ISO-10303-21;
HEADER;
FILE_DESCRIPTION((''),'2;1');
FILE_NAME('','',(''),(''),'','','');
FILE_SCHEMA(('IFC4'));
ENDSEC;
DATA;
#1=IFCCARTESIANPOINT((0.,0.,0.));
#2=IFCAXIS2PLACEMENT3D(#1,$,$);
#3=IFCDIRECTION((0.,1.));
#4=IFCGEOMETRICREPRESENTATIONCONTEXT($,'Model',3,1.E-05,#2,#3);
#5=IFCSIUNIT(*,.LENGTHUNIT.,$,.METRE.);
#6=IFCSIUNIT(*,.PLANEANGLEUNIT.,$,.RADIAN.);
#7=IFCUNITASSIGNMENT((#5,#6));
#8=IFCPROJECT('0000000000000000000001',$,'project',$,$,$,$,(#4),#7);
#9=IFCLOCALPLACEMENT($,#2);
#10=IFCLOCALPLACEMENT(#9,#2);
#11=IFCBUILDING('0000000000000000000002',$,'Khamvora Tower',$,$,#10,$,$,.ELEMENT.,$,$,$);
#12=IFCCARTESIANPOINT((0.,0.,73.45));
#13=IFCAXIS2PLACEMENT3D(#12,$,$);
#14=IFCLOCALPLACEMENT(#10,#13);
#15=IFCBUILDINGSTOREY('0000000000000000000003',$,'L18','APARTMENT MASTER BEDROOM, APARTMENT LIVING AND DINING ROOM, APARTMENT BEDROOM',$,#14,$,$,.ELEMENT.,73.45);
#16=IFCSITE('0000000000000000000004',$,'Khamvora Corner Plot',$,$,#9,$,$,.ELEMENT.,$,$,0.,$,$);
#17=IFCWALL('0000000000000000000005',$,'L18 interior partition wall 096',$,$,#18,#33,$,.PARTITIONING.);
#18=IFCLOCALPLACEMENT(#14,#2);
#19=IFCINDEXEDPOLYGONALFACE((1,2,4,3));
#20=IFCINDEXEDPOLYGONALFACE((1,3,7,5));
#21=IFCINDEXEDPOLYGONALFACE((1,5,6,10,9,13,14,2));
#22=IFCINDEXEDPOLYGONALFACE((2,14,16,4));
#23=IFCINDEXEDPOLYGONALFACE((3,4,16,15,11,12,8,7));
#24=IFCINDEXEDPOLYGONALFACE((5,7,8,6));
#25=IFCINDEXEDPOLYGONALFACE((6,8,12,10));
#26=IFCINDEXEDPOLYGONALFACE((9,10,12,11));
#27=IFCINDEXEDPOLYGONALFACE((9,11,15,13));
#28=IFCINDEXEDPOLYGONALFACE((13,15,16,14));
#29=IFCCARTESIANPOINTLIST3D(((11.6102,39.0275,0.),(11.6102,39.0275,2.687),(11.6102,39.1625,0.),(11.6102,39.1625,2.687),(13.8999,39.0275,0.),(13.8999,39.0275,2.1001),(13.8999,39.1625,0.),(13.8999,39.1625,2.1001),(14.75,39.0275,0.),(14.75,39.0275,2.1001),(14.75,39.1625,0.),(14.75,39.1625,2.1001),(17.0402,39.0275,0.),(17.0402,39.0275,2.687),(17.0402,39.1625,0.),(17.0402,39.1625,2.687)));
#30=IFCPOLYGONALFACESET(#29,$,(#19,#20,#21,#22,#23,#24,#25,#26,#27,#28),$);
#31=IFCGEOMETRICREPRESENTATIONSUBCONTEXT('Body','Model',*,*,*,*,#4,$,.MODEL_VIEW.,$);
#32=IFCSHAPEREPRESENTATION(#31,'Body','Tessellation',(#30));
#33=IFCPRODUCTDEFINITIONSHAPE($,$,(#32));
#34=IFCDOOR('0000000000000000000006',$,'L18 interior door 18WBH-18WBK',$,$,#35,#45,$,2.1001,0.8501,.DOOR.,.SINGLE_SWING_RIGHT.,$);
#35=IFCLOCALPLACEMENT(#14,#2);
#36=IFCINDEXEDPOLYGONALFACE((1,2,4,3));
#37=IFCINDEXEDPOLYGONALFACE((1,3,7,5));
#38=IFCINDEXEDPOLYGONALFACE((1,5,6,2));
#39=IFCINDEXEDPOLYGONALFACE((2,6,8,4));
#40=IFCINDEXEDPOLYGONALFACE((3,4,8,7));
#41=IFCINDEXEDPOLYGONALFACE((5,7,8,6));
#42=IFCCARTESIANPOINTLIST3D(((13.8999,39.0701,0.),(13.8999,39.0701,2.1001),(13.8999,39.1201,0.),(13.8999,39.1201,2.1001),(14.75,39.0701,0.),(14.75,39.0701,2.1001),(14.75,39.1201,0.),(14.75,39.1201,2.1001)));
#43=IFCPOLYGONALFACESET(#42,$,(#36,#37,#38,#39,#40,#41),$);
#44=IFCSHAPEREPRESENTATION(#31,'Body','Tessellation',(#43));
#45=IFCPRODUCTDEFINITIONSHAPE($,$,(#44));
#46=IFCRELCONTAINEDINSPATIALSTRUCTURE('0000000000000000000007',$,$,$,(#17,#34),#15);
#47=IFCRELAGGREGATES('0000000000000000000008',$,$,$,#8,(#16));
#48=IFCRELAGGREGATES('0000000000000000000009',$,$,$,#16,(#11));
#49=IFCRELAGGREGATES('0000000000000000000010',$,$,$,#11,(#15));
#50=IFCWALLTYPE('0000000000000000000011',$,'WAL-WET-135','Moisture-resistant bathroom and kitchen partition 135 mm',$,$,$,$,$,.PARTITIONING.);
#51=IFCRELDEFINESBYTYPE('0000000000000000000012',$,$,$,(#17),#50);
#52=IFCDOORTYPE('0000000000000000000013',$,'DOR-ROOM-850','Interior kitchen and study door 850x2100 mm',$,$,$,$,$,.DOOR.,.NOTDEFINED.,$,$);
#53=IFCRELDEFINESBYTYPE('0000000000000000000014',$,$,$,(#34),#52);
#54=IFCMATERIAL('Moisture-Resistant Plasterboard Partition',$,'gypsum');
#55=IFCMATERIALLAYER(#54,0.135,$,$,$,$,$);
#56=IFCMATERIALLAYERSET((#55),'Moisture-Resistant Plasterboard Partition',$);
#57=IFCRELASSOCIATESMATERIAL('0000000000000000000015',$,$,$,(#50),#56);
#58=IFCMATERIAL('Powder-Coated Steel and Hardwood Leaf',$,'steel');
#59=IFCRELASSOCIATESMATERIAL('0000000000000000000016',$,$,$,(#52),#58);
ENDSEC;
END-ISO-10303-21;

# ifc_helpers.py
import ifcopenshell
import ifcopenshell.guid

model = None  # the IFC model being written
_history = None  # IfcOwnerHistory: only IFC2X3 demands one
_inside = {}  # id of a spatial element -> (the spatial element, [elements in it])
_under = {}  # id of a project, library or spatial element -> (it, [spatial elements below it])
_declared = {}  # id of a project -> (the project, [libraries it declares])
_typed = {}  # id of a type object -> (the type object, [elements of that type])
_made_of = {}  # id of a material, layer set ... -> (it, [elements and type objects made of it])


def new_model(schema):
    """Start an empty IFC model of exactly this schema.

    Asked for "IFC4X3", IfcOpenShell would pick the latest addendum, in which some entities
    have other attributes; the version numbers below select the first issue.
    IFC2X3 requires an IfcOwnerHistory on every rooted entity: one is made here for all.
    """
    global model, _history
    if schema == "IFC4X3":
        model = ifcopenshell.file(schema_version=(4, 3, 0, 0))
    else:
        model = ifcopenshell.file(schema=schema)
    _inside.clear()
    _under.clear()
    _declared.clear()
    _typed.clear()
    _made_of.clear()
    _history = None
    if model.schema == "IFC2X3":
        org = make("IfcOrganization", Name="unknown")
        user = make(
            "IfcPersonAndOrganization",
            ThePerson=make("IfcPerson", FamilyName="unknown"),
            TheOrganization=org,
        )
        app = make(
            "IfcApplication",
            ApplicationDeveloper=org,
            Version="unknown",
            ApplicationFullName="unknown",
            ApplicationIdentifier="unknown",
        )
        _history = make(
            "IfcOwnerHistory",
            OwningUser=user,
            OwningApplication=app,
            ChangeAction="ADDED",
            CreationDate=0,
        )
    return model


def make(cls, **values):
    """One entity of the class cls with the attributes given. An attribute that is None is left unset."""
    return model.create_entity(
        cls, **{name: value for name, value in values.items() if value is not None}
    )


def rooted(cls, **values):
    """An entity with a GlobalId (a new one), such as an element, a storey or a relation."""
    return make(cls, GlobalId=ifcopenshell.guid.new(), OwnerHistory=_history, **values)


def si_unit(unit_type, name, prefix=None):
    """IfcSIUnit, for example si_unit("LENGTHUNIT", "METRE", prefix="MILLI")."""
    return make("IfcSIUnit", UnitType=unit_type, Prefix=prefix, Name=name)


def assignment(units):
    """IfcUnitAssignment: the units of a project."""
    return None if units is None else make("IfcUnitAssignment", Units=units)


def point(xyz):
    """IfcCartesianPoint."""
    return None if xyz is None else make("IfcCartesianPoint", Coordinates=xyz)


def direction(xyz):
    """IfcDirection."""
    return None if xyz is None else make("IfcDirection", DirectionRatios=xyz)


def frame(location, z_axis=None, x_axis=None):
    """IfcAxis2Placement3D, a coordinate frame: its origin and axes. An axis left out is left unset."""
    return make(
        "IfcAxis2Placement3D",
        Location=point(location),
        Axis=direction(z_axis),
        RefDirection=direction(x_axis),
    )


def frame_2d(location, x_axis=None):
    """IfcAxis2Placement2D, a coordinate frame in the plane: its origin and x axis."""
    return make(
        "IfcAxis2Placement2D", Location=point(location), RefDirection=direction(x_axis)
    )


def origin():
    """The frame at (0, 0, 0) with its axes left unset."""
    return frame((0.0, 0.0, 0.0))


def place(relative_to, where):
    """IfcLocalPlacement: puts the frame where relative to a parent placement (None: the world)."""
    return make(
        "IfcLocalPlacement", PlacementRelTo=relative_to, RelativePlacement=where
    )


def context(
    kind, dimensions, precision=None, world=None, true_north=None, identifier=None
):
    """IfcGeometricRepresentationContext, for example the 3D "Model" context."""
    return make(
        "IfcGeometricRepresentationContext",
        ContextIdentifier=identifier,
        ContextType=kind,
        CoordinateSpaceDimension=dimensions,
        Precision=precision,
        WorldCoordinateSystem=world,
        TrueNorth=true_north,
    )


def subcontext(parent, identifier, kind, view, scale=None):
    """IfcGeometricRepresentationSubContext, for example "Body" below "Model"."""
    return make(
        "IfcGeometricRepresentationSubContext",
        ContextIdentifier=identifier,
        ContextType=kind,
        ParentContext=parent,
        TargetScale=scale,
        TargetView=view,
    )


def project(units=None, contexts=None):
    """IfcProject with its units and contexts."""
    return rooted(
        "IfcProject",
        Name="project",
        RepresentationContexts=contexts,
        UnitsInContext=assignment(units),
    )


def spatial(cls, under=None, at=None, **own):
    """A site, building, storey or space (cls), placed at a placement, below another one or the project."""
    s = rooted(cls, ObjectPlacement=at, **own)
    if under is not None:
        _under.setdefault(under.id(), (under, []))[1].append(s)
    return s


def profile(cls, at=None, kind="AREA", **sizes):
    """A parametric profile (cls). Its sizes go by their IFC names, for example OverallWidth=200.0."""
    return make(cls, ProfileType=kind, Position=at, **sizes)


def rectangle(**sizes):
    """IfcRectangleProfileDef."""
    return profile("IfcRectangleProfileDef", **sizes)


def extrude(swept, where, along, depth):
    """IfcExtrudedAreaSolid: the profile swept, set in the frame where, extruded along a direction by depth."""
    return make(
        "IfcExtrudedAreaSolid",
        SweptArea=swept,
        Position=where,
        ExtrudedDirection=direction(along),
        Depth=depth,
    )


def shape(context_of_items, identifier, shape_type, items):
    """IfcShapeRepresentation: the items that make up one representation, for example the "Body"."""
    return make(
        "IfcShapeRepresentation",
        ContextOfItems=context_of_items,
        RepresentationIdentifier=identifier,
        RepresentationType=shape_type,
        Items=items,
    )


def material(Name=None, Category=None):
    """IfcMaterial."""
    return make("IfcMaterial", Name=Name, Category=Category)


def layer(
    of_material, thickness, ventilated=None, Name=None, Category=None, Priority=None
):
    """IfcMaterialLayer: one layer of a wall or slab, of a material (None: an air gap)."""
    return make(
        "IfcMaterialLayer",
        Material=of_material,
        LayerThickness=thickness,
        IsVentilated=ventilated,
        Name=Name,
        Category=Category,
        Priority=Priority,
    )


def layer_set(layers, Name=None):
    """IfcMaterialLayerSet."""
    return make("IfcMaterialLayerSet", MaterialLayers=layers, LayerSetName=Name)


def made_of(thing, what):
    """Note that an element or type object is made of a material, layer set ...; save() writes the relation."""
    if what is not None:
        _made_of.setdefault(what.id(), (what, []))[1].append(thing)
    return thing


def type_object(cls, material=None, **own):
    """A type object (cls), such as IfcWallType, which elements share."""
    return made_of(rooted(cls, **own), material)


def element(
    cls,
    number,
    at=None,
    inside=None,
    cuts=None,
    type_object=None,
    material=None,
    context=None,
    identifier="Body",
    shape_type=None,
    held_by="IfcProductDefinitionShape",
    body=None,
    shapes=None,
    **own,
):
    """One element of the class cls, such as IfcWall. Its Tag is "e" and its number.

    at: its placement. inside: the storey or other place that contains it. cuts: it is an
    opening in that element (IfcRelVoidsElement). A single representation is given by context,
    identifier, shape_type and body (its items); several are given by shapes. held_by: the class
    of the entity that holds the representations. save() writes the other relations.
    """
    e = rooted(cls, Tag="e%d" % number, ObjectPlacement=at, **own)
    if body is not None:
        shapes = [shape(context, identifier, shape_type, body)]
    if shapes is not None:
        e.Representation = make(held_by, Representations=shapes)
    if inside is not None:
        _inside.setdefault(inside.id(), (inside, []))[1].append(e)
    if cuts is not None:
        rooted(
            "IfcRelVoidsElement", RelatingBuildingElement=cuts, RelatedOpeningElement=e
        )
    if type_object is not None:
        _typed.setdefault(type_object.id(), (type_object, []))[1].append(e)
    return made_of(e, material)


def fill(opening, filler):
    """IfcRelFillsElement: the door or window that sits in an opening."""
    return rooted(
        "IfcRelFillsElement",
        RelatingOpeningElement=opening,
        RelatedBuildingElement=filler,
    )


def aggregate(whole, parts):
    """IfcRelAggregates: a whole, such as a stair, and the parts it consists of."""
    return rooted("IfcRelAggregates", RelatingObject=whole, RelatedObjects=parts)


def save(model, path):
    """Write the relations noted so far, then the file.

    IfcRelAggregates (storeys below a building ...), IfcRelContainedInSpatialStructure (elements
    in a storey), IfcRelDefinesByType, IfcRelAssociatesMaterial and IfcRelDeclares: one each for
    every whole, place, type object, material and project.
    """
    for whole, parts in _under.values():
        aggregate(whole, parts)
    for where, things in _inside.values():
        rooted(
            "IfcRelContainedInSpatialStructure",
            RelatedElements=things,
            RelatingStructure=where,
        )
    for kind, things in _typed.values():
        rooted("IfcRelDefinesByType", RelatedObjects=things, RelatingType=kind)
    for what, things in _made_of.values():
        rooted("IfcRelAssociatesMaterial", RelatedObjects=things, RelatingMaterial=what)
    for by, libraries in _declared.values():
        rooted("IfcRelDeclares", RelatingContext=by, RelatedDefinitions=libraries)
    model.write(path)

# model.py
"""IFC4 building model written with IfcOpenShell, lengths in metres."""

from ifc_helpers import new_model, si_unit, direction, frame, frame_2d, origin, place, context, subcontext, project, spatial, rectangle, extrude, material, layer, layer_set, type_object, element, fill, save


model = new_model("IFC4")

# Units and contexts
model_context = context("Model", 3, precision=1e-05, world=origin(), true_north=direction((0.0, 1.0)))
body_context = subcontext(model_context, "Body", "Model", "MODEL_VIEW")
ifc_project = project(units=[si_unit("LENGTHUNIT", "METRE"), si_unit("PLANEANGLEUNIT", "RADIAN")], contexts=[model_context])

# Site, building, storey
site_placement = place(None, origin())
site = spatial("IfcSite", under=ifc_project, at=site_placement, Name="Khamvora Corner Plot", CompositionType="ELEMENT", RefElevation=0.0)
building_placement = place(site_placement, origin())
building = spatial("IfcBuilding", under=site, at=building_placement, Name="Khamvora Tower", CompositionType="ELEMENT")
storey_placement = place(building_placement, frame((0.0, 0.0, 73.45)))
storey = spatial("IfcBuildingStorey", under=building, at=storey_placement, Name="L18", Description="APARTMENT MASTER BEDROOM, APARTMENT LIVING AND DINING ROOM, APARTMENT BEDROOM", CompositionType="ELEMENT", Elevation=73.45)

# Shared definitions
ifc_material_1 = material(Name="Powder-Coated Steel and Hardwood Leaf", Category="steel")

# Shared definitions
ifc_material_2 = material(Name="Moisture-Resistant Plasterboard Partition", Category="gypsum")
ifc_layer_1 = layer(ifc_material_2, 0.135)
ifc_layer_set_1 = layer_set([ifc_layer_1], Name="Moisture-Resistant Plasterboard Partition")
wall_type_1 = type_object("IfcWallType", Name="WAL-WET-135", Description="Moisture-resistant bathroom and kitchen partition 135 mm", PredefinedType="PARTITIONING", material=ifc_layer_set_1)

# Wall, opening, door
door_type_1 = type_object("IfcDoorType", Name="DOR-ROOM-850", Description="Interior kitchen and study door 850x2100 mm", OperationType="NOTDEFINED", PredefinedType="DOOR", material=ifc_material_1)
wall_1_placement = place(storey_placement, frame((17.04, 39.095, 0.0), z_axis=(0.0, 0.0, 1.0), x_axis=(-1.0, 0.0, 0.0)))
wall_1 = element("IfcWall", 1, at=wall_1_placement, inside=storey, type_object=wall_type_1, Name="L18 interior partition wall 096", PredefinedType="PARTITIONING", context=body_context, shape_type="SweptSolid", body=[
    extrude(rectangle(XDim=5.4299, YDim=0.135, at=frame_2d((2.7148, 0.0))), origin(), (0.0, 0.0, 1.0), 2.687),
])
opening_1_placement = place(wall_1_placement, frame((2.29, 0.0, 0.0)))
opening_1 = element("IfcOpeningElement", 2, at=opening_1_placement, cuts=wall_1, PredefinedType="OPENING", context=body_context, shape_type="SweptSolid", body=[
    extrude(rectangle(XDim=0.8501, YDim=2.1001, at=frame_2d((0.425, 1.05))), frame((0.0, 0.0774, 0.0), z_axis=(0.0, -1.0, 0.0), x_axis=(1.0, 0.0, 0.0)), (0.0, 0.0, 1.0), 0.155),
])
door_1_placement = place(opening_1_placement, origin())
door_1 = element("IfcDoor", 3, at=door_1_placement, inside=storey, type_object=door_type_1, Name="L18 interior door 18WBH-18WBK", OperationType="SINGLE_SWING_RIGHT", OverallHeight=2.1001, OverallWidth=0.8501, PredefinedType="DOOR", context=body_context, shape_type="SweptSolid", body=[
    extrude(rectangle(XDim=0.8501, YDim=2.1001, at=frame_2d((0.425, 1.05))), frame((0.0, 0.0249, 0.0), z_axis=(0.0, -1.0, 0.0), x_axis=(1.0, 0.0, 0.0)), (0.0, 0.0, 1.0), 0.05),
])
fill(opening_1, door_1)

save(model, "model.ifc")
